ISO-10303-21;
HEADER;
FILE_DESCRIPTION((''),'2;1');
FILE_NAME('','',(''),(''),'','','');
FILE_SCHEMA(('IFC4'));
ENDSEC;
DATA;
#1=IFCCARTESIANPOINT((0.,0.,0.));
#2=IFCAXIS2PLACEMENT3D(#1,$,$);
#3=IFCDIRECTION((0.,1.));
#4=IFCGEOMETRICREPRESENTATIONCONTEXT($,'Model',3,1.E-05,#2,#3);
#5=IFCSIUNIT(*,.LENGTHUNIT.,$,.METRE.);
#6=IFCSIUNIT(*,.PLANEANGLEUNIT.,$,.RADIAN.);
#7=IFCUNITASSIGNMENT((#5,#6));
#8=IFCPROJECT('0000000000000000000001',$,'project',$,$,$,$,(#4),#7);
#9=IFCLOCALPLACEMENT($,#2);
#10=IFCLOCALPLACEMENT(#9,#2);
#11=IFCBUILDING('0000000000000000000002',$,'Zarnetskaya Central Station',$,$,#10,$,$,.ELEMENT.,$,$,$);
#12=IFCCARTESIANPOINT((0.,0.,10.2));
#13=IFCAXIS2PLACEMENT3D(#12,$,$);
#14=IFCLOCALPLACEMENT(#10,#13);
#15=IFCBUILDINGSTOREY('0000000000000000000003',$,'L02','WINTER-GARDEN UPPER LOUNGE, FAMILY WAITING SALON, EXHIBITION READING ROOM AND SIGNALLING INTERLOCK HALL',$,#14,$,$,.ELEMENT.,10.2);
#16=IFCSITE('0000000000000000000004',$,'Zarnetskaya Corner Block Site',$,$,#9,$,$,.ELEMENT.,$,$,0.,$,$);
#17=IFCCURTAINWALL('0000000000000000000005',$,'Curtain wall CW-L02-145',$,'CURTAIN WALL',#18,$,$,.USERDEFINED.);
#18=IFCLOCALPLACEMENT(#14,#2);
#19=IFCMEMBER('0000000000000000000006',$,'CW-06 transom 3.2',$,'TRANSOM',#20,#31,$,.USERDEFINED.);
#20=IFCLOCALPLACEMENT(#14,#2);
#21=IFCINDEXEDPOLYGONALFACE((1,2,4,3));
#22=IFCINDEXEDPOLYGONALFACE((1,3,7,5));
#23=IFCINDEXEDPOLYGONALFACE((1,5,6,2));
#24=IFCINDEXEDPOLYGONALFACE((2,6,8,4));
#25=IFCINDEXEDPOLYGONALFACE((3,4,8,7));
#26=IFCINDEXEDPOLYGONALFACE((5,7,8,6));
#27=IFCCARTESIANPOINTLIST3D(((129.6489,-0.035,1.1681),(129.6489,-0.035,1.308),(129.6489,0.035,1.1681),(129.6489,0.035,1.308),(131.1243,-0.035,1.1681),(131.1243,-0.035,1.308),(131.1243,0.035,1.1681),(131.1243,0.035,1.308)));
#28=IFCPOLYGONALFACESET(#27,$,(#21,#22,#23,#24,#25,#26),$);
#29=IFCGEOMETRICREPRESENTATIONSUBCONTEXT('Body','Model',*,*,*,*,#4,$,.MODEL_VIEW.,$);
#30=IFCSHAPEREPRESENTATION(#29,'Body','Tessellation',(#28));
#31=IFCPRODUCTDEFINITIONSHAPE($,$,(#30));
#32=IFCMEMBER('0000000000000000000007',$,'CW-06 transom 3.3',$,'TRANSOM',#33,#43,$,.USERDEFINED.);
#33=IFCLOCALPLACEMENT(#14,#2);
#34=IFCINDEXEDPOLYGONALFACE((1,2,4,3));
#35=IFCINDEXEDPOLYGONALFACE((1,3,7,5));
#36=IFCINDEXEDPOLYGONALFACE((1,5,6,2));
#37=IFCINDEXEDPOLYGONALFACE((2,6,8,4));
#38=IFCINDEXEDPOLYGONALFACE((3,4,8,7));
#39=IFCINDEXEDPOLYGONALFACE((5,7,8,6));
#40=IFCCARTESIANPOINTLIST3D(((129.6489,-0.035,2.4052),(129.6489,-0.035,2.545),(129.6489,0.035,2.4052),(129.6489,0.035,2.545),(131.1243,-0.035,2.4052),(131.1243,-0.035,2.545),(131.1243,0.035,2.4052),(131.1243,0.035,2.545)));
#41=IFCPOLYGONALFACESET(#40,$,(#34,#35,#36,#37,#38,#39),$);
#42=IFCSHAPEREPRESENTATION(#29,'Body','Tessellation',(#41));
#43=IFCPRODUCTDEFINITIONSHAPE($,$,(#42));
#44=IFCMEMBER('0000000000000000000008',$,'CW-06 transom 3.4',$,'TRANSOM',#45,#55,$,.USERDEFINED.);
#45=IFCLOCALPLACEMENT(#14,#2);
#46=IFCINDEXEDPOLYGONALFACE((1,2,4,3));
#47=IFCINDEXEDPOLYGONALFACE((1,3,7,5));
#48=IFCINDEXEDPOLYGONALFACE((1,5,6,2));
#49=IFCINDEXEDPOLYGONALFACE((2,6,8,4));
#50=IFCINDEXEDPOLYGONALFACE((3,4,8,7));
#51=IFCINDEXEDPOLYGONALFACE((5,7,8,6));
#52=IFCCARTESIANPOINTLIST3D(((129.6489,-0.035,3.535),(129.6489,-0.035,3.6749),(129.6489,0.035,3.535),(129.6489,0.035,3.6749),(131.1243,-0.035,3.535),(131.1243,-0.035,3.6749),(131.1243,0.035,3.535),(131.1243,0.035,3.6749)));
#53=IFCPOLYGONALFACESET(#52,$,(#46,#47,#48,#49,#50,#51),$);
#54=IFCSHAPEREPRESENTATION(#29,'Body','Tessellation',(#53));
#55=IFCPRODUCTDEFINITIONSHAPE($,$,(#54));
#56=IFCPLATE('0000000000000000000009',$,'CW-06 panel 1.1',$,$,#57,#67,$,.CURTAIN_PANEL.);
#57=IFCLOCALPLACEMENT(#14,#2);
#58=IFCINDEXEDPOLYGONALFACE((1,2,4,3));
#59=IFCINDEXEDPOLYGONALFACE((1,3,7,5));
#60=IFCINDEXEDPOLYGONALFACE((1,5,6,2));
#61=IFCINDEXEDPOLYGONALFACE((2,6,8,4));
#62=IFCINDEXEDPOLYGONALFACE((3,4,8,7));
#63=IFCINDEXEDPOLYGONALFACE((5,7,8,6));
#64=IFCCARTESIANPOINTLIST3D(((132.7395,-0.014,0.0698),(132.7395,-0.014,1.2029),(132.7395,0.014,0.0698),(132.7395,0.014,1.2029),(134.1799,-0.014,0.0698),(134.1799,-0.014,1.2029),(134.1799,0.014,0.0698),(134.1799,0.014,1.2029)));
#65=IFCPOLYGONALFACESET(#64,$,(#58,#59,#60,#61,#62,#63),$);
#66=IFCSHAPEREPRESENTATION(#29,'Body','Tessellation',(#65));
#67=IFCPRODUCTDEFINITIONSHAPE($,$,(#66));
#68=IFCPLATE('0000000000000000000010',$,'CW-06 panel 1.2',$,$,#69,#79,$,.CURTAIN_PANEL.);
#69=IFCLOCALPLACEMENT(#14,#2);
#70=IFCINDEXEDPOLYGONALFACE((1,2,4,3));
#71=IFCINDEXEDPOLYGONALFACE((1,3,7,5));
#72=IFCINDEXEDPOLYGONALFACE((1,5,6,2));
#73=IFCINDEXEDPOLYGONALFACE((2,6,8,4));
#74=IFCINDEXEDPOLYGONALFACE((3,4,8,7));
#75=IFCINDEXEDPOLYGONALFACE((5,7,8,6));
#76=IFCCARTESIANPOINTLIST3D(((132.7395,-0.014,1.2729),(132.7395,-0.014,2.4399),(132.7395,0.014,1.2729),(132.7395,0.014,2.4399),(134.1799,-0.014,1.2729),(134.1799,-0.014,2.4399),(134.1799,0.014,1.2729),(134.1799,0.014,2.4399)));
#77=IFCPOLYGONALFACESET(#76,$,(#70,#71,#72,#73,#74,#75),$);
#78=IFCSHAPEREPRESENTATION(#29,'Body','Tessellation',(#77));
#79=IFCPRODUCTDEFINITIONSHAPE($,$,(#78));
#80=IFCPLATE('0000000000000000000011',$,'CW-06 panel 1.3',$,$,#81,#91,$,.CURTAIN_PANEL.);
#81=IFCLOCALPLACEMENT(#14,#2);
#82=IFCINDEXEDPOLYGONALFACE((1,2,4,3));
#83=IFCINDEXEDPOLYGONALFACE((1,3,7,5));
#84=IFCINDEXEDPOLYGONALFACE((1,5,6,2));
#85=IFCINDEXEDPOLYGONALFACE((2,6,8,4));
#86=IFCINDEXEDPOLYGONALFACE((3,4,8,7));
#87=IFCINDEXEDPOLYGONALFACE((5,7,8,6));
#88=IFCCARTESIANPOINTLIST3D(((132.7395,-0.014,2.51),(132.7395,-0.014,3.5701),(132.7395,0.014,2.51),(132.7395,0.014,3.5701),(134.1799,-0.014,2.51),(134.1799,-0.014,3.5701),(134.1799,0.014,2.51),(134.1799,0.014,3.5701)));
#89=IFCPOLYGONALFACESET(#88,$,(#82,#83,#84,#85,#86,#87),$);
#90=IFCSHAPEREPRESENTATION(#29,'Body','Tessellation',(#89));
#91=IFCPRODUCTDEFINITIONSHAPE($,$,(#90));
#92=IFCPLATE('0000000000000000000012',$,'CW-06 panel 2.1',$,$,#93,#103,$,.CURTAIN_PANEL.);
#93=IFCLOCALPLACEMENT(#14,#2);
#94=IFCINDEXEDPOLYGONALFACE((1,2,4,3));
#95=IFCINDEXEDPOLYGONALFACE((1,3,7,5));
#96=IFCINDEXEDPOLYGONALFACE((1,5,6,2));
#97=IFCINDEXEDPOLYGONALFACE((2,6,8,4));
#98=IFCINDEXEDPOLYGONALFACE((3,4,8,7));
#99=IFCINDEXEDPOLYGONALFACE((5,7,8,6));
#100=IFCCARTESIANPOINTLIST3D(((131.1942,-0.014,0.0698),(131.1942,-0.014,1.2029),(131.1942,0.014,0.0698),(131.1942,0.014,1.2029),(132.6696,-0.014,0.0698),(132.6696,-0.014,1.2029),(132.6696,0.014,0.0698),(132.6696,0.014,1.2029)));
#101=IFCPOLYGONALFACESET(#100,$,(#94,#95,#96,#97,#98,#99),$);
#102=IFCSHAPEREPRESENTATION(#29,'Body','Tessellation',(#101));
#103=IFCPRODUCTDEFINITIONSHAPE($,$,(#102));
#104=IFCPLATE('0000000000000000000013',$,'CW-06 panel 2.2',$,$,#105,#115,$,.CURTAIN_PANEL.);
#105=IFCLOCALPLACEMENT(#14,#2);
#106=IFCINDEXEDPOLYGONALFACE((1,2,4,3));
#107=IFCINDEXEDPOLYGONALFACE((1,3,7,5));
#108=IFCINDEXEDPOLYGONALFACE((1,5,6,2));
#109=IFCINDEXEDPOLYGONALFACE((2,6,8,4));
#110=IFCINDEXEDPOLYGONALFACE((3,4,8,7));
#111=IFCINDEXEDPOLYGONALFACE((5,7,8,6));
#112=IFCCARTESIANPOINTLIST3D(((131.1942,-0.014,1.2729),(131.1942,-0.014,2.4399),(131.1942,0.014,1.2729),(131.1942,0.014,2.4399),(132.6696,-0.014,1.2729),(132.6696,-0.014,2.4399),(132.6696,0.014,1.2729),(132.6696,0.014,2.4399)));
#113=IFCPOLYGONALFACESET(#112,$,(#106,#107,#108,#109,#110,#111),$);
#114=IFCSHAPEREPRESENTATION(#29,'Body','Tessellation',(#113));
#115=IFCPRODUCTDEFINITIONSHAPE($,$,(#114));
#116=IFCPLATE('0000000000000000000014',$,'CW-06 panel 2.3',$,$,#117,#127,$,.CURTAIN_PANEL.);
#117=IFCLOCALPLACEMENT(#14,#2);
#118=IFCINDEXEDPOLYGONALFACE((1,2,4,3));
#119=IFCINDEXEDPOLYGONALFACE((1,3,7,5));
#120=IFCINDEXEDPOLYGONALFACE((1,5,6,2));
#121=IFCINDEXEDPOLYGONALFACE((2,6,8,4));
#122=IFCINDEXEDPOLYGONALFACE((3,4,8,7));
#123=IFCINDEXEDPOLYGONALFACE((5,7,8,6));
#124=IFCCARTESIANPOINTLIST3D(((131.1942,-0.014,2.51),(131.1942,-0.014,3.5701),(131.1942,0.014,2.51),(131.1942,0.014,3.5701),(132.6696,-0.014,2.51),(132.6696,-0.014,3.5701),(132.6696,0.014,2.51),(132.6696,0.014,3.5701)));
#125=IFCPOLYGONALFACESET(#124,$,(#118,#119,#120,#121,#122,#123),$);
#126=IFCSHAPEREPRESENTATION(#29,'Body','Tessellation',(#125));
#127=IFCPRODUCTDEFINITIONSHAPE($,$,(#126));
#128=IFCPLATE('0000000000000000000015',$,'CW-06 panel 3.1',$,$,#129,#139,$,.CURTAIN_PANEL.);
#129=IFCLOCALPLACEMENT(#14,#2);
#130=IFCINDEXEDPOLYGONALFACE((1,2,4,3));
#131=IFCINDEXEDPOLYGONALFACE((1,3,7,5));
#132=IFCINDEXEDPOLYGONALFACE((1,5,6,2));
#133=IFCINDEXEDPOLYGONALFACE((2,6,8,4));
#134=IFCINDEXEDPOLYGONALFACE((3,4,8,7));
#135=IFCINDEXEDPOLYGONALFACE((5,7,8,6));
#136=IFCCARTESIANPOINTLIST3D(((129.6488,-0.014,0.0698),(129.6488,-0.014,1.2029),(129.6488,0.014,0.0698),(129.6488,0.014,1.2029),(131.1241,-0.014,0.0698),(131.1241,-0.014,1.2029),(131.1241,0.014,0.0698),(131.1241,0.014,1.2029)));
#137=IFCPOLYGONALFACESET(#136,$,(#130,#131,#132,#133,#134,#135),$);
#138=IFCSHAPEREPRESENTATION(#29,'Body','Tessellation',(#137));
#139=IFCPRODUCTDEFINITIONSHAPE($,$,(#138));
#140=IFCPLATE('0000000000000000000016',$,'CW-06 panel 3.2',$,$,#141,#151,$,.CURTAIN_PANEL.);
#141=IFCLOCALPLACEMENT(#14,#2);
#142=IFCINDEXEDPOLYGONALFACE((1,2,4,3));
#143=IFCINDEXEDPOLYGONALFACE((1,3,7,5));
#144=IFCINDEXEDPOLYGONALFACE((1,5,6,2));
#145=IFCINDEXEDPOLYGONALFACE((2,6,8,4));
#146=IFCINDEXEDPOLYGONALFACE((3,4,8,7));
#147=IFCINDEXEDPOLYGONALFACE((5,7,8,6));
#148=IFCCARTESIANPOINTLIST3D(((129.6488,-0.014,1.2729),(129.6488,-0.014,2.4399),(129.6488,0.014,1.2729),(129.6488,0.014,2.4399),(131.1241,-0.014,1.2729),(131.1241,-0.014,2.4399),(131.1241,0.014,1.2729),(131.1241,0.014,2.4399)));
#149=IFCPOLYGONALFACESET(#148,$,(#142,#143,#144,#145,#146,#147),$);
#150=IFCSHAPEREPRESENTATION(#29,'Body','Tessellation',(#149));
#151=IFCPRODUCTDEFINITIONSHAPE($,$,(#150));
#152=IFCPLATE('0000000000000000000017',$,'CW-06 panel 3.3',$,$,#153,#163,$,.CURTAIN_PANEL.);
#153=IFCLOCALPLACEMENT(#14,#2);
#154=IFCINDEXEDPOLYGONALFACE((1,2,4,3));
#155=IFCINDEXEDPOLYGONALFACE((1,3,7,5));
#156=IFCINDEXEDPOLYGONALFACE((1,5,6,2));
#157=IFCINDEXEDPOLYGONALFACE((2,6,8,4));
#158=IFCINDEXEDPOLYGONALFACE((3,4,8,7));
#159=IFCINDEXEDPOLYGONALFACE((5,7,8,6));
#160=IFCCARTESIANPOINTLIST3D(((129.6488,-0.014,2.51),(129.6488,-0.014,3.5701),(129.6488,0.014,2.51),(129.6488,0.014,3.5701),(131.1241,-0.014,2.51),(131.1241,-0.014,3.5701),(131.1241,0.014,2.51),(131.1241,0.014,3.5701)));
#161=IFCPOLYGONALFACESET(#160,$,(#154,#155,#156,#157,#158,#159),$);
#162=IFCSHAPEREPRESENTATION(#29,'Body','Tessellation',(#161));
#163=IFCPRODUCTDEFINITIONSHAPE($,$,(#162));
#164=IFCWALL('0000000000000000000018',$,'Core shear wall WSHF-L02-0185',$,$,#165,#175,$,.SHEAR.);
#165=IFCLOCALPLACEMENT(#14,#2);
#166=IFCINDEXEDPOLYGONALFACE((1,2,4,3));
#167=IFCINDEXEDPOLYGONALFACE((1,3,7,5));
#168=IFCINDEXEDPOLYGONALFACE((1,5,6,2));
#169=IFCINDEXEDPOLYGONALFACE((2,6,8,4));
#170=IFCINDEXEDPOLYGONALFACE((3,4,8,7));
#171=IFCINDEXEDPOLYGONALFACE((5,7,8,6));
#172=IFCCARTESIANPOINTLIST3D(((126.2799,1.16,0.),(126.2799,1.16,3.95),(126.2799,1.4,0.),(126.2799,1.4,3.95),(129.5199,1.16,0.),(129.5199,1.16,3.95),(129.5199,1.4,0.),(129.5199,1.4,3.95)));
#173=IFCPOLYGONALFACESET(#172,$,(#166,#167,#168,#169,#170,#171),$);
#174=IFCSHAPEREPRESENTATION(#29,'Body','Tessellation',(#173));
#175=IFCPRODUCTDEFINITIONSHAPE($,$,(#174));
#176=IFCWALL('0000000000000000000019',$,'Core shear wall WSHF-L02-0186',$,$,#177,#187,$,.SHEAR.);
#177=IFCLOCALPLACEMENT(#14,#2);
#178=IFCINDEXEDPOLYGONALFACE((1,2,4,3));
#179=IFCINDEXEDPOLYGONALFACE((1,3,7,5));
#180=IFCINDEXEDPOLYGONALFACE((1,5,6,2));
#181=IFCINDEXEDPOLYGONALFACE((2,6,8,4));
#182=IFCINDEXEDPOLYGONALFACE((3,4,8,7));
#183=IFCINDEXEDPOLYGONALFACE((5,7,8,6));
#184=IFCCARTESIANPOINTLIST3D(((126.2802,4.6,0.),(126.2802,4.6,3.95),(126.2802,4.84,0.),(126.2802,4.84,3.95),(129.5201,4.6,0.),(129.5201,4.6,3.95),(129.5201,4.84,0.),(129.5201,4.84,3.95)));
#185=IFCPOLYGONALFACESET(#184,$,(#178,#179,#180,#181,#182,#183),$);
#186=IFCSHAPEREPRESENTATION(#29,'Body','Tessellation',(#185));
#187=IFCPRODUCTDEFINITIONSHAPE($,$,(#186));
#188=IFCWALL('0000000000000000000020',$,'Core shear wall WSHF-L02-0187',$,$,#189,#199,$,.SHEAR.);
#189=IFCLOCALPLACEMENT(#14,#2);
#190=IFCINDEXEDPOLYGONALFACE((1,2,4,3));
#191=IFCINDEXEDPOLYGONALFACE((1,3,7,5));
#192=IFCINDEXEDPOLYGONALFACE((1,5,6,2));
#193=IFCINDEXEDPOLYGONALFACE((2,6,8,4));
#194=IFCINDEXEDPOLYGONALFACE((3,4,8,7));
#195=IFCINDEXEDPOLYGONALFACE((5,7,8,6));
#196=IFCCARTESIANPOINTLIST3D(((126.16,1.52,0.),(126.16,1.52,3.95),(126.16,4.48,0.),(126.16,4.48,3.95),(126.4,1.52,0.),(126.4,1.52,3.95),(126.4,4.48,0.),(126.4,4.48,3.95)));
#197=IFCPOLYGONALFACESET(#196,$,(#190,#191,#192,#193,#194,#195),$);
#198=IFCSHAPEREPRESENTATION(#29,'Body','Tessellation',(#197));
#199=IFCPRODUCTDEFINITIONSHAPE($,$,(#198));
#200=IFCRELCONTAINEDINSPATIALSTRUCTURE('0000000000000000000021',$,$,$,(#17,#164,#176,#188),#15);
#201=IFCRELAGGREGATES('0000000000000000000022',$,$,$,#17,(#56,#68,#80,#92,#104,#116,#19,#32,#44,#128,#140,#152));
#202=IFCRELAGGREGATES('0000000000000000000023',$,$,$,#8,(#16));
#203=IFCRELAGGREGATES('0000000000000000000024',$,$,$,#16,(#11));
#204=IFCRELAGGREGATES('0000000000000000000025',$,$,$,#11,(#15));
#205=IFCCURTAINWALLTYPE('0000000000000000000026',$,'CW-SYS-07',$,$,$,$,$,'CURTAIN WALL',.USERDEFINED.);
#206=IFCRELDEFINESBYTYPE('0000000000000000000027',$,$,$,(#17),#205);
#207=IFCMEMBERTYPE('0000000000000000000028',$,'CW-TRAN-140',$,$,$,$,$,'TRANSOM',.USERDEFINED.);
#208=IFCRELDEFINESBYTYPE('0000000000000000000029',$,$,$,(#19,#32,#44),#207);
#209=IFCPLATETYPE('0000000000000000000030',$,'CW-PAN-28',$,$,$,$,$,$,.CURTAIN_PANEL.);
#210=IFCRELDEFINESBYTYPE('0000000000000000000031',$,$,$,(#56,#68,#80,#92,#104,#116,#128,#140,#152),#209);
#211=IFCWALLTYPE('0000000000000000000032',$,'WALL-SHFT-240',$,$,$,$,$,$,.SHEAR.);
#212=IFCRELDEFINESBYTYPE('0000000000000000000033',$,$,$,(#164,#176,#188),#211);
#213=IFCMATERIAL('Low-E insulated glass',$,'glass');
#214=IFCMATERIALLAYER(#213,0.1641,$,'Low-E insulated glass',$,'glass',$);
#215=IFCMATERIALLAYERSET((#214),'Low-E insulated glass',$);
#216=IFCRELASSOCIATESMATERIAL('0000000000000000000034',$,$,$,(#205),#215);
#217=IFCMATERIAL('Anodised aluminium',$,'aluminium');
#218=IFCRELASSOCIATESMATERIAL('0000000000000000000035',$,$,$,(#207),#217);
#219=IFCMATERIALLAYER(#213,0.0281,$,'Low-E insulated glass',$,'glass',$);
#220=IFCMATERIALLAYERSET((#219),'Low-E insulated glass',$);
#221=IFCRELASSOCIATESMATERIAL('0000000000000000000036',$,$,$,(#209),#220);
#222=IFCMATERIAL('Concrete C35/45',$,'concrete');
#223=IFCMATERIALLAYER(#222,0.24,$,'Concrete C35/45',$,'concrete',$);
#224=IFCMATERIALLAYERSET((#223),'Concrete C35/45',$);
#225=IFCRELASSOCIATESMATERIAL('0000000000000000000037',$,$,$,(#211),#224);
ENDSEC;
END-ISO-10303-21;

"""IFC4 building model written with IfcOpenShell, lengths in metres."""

from ifc_helpers import new_model, si_unit, direction, frame, frame_2d, origin, origin_2d, place, context, subcontext, project, spatial, rectangle, extrude, material, layer, layer_set, material_profile, profile_set, type_object, element, aggregate, save


model = new_model("IFC4")

# Units and contexts
model_context = context("Model", 3, precision=1e-05, world=origin(), true_north=direction((0.0, 1.0)))
body_context = subcontext(model_context, "Body", "Model", "MODEL_VIEW")
ifc_project = project(units=[si_unit("LENGTHUNIT", "METRE"), si_unit("PLANEANGLEUNIT", "RADIAN")], contexts=[model_context])

# Site, building, storey
site_placement = place(None, origin())
site = spatial("IfcSite", under=ifc_project, at=site_placement, Name="Zarnetskaya Corner Block Site", CompositionType="ELEMENT", RefElevation=0.0)
building_placement = place(site_placement, origin())
building = spatial("IfcBuilding", under=site, at=building_placement, Name="Zarnetskaya Central Station", CompositionType="ELEMENT")
storey_placement = place(building_placement, frame((0.0, 0.0, 10.2)))
storey = spatial("IfcBuildingStorey", under=building, at=storey_placement, Name="L02", Description="WINTER-GARDEN UPPER LOUNGE, FAMILY WAITING SALON, EXHIBITION READING ROOM AND SIGNALLING INTERLOCK HALL", CompositionType="ELEMENT", Elevation=10.2)

# Curtain wall, members, plates
ifc_material_1 = material(Name="Low-E insulated glass", Category="glass")
ifc_layer_1 = layer(ifc_material_1, 0.1641, Name="Low-E insulated glass", Category="glass")
ifc_layer_set_1 = layer_set([ifc_layer_1], Name="Low-E insulated glass")
curtain_wall_type = type_object("IfcCurtainWallType", Name="CW-SYS-07", ElementType="CURTAIN WALL", PredefinedType="USERDEFINED", material=ifc_layer_set_1)
curtain_wall_placement = place(storey_placement, origin())
curtain_wall = element("IfcCurtainWall", 1, at=curtain_wall_placement, inside=storey, type_object=curtain_wall_type, Name="Curtain wall CW-L02-145", ObjectType="CURTAIN WALL", PredefinedType="USERDEFINED")
ifc_material_2 = material(Name="Anodised aluminium", Category="aluminium")
ifc_material_profile_1 = material_profile(ifc_material_2, rectangle(XDim=0.0701, YDim=0.1399, at=origin_2d()), Name="ALU TRAN 70x140")
ifc_profile_set_1 = profile_set([ifc_material_profile_1], Name="Anodised aluminium")
member_type_1 = type_object("IfcMemberType", Name="CW-TRAN-140", ElementType="TRANSOM", PredefinedType="USERDEFINED", material=ifc_profile_set_1)
member_1_placement = place(storey_placement, frame((131.1243, 0.0, 1.238), z_axis=(-1.0, 0.0, 0.0), x_axis=(0.0, -1.0, 0.0)))
member_1 = element("IfcMember", 2, at=member_1_placement, type_object=member_type_1, Name="CW-06 transom 3.2", ObjectType="TRANSOM", PredefinedType="USERDEFINED", context=body_context, shape_type="SweptSolid", body=[
    extrude(rectangle(XDim=0.0701, YDim=0.1399, at=origin_2d()), origin(), (0.0, 0.0, 1.0), 1.4753),
])
member_2_placement = place(storey_placement, frame((131.1243, 0.0, 2.4751), z_axis=(-1.0, 0.0, 0.0), x_axis=(0.0, -1.0, 0.0)))
member_2 = element("IfcMember", 3, at=member_2_placement, type_object=member_type_1, Name="CW-06 transom 3.3", ObjectType="TRANSOM", PredefinedType="USERDEFINED", context=body_context, shape_type="SweptSolid", body=[
    extrude(rectangle(XDim=0.0701, YDim=0.1399, at=origin_2d()), origin(), (0.0, 0.0, 1.0), 1.4753),
])
member_3_placement = place(storey_placement, frame((131.1243, 0.0, 3.605), z_axis=(-1.0, 0.0, 0.0), x_axis=(0.0, -1.0, 0.0)))
member_3 = element("IfcMember", 4, at=member_3_placement, type_object=member_type_1, Name="CW-06 transom 3.4", ObjectType="TRANSOM", PredefinedType="USERDEFINED", context=body_context, shape_type="SweptSolid", body=[
    extrude(rectangle(XDim=0.0701, YDim=0.1399, at=origin_2d()), origin(), (0.0, 0.0, 1.0), 1.4753),
])
ifc_layer_2 = layer(ifc_material_1, 0.0281, Name="Low-E insulated glass", Category="glass")
ifc_layer_set_2 = layer_set([ifc_layer_2], Name="Low-E insulated glass")
plate_type = type_object("IfcPlateType", Name="CW-PAN-28", PredefinedType="CURTAIN_PANEL", material=ifc_layer_set_2)
plate_1_placement = place(storey_placement, frame((133.4597, 0.0, 0.0698), z_axis=(0.0, 0.0, 1.0), x_axis=(-1.0, 0.0, 0.0)))
plate_1 = element("IfcPlate", 5, at=plate_1_placement, type_object=plate_type, Name="CW-06 panel 1.1", PredefinedType="CURTAIN_PANEL", context=body_context, shape_type="SweptSolid", body=[
    extrude(rectangle(XDim=1.4404, YDim=0.0281, at=origin_2d()), origin(), (0.0, 0.0, 1.0), 1.1331),
])
plate_2_placement = place(storey_placement, frame((133.4597, 0.0, 1.2729), z_axis=(0.0, 0.0, 1.0), x_axis=(-1.0, 0.0, 0.0)))
plate_2 = element("IfcPlate", 6, at=plate_2_placement, type_object=plate_type, Name="CW-06 panel 1.2", PredefinedType="CURTAIN_PANEL", context=body_context, shape_type="SweptSolid", body=[
    extrude(rectangle(XDim=1.4404, YDim=0.0281, at=origin_2d()), origin(), (0.0, 0.0, 1.0), 1.167),
])
plate_3_placement = place(storey_placement, frame((133.4597, 0.0, 2.51), z_axis=(0.0, 0.0, 1.0), x_axis=(-1.0, 0.0, 0.0)))
plate_3 = element("IfcPlate", 7, at=plate_3_placement, type_object=plate_type, Name="CW-06 panel 1.3", PredefinedType="CURTAIN_PANEL", context=body_context, shape_type="SweptSolid", body=[
    extrude(rectangle(XDim=1.4404, YDim=0.0281, at=origin_2d()), origin(), (0.0, 0.0, 1.0), 1.0601),
])
plate_4_placement = place(storey_placement, frame((131.9319, 0.0, 0.0698), z_axis=(0.0, 0.0, 1.0), x_axis=(-1.0, 0.0, 0.0)))
plate_4 = element("IfcPlate", 8, at=plate_4_placement, type_object=plate_type, Name="CW-06 panel 2.1", PredefinedType="CURTAIN_PANEL", context=body_context, shape_type="SweptSolid", body=[
    extrude(rectangle(XDim=1.4753, YDim=0.0281, at=origin_2d()), origin(), (0.0, 0.0, 1.0), 1.1331),
])
plate_5_placement = place(storey_placement, frame((131.9319, 0.0, 1.2729), z_axis=(0.0, 0.0, 1.0), x_axis=(-1.0, 0.0, 0.0)))
plate_5 = element("IfcPlate", 9, at=plate_5_placement, type_object=plate_type, Name="CW-06 panel 2.2", PredefinedType="CURTAIN_PANEL", context=body_context, shape_type="SweptSolid", body=[
    extrude(rectangle(XDim=1.4753, YDim=0.0281, at=origin_2d()), origin(), (0.0, 0.0, 1.0), 1.167),
])
plate_6_placement = place(storey_placement, frame((131.9319, 0.0, 2.51), z_axis=(0.0, 0.0, 1.0), x_axis=(-1.0, 0.0, 0.0)))
plate_6 = element("IfcPlate", 10, at=plate_6_placement, type_object=plate_type, Name="CW-06 panel 2.3", PredefinedType="CURTAIN_PANEL", context=body_context, shape_type="SweptSolid", body=[
    extrude(rectangle(XDim=1.4753, YDim=0.0281, at=origin_2d()), origin(), (0.0, 0.0, 1.0), 1.0601),
])
plate_7_placement = place(storey_placement, frame((130.3865, 0.0, 0.0698), z_axis=(0.0, 0.0, 1.0), x_axis=(-1.0, 0.0, 0.0)))
plate_7 = element("IfcPlate", 11, at=plate_7_placement, type_object=plate_type, Name="CW-06 panel 3.1", PredefinedType="CURTAIN_PANEL", context=body_context, shape_type="SweptSolid", body=[
    extrude(rectangle(XDim=1.4753, YDim=0.0281, at=origin_2d()), origin(), (0.0, 0.0, 1.0), 1.1331),
])
plate_8_placement = place(storey_placement, frame((130.3865, 0.0, 1.2729), z_axis=(0.0, 0.0, 1.0), x_axis=(-1.0, 0.0, 0.0)))
plate_8 = element("IfcPlate", 12, at=plate_8_placement, type_object=plate_type, Name="CW-06 panel 3.2", PredefinedType="CURTAIN_PANEL", context=body_context, shape_type="SweptSolid", body=[
    extrude(rectangle(XDim=1.4753, YDim=0.0281, at=origin_2d()), origin(), (0.0, 0.0, 1.0), 1.167),
])
plate_9_placement = place(storey_placement, frame((130.3865, 0.0, 2.51), z_axis=(0.0, 0.0, 1.0), x_axis=(-1.0, 0.0, 0.0)))
plate_9 = element("IfcPlate", 13, at=plate_9_placement, type_object=plate_type, Name="CW-06 panel 3.3", PredefinedType="CURTAIN_PANEL", context=body_context, shape_type="SweptSolid", body=[
    extrude(rectangle(XDim=1.4753, YDim=0.0281, at=origin_2d()), origin(), (0.0, 0.0, 1.0), 1.0601),
])
aggregate(curtain_wall, [plate_1, plate_2, plate_3, plate_4, plate_5, plate_6, member_1, member_2, member_3, plate_7, plate_8, plate_9])

# Walls
ifc_material_3 = material(Name="Concrete C35/45", Category="concrete")
ifc_layer_3 = layer(ifc_material_3, 0.24, Name="Concrete C35/45", Category="concrete")
ifc_layer_set_3 = layer_set([ifc_layer_3], Name="Concrete C35/45")
wall_type = type_object("IfcWallType", Name="WALL-SHFT-240", PredefinedType="SHEAR", material=ifc_layer_set_3)
for number, where, z_axis, x_axis, name in (
    (14, (129.52, 1.28, 0.0), (0.0, 0.0, 1.0), (-1.0, 0.0, 0.0), "Core shear wall WSHF-L02-0185"),
    (15, (126.28, 4.72, 0.0), (0.0, 0.0, 1.0), (1.0, 0.0, 0.0), "Core shear wall WSHF-L02-0186"),
):
    element("IfcWall", number, at=place(storey_placement, frame(where, z_axis=z_axis, x_axis=x_axis)), inside=storey, type_object=wall_type, Name=name, PredefinedType="SHEAR", context=body_context, shape_type="SweptSolid", body=[
        extrude(rectangle(XDim=3.24, YDim=0.24, at=frame_2d((1.6201, 0.0))), origin(), (0.0, 0.0, 1.0), 3.95),
    ])
wall_1_placement = place(storey_placement, frame((126.28, 1.52, 0.0), z_axis=(0.0, 0.0, 1.0), x_axis=(0.0, 1.0, 0.0)))
element("IfcWall", 16, at=wall_1_placement, inside=storey, type_object=wall_type, Name="Core shear wall WSHF-L02-0187", PredefinedType="SHEAR", context=body_context, shape_type="SweptSolid", body=[
    extrude(rectangle(XDim=2.96, YDim=0.24, at=frame_2d((1.48, 0.0))), origin(), (0.0, 0.0, 1.0), 3.95),
])

save(model, "model.ifc")
